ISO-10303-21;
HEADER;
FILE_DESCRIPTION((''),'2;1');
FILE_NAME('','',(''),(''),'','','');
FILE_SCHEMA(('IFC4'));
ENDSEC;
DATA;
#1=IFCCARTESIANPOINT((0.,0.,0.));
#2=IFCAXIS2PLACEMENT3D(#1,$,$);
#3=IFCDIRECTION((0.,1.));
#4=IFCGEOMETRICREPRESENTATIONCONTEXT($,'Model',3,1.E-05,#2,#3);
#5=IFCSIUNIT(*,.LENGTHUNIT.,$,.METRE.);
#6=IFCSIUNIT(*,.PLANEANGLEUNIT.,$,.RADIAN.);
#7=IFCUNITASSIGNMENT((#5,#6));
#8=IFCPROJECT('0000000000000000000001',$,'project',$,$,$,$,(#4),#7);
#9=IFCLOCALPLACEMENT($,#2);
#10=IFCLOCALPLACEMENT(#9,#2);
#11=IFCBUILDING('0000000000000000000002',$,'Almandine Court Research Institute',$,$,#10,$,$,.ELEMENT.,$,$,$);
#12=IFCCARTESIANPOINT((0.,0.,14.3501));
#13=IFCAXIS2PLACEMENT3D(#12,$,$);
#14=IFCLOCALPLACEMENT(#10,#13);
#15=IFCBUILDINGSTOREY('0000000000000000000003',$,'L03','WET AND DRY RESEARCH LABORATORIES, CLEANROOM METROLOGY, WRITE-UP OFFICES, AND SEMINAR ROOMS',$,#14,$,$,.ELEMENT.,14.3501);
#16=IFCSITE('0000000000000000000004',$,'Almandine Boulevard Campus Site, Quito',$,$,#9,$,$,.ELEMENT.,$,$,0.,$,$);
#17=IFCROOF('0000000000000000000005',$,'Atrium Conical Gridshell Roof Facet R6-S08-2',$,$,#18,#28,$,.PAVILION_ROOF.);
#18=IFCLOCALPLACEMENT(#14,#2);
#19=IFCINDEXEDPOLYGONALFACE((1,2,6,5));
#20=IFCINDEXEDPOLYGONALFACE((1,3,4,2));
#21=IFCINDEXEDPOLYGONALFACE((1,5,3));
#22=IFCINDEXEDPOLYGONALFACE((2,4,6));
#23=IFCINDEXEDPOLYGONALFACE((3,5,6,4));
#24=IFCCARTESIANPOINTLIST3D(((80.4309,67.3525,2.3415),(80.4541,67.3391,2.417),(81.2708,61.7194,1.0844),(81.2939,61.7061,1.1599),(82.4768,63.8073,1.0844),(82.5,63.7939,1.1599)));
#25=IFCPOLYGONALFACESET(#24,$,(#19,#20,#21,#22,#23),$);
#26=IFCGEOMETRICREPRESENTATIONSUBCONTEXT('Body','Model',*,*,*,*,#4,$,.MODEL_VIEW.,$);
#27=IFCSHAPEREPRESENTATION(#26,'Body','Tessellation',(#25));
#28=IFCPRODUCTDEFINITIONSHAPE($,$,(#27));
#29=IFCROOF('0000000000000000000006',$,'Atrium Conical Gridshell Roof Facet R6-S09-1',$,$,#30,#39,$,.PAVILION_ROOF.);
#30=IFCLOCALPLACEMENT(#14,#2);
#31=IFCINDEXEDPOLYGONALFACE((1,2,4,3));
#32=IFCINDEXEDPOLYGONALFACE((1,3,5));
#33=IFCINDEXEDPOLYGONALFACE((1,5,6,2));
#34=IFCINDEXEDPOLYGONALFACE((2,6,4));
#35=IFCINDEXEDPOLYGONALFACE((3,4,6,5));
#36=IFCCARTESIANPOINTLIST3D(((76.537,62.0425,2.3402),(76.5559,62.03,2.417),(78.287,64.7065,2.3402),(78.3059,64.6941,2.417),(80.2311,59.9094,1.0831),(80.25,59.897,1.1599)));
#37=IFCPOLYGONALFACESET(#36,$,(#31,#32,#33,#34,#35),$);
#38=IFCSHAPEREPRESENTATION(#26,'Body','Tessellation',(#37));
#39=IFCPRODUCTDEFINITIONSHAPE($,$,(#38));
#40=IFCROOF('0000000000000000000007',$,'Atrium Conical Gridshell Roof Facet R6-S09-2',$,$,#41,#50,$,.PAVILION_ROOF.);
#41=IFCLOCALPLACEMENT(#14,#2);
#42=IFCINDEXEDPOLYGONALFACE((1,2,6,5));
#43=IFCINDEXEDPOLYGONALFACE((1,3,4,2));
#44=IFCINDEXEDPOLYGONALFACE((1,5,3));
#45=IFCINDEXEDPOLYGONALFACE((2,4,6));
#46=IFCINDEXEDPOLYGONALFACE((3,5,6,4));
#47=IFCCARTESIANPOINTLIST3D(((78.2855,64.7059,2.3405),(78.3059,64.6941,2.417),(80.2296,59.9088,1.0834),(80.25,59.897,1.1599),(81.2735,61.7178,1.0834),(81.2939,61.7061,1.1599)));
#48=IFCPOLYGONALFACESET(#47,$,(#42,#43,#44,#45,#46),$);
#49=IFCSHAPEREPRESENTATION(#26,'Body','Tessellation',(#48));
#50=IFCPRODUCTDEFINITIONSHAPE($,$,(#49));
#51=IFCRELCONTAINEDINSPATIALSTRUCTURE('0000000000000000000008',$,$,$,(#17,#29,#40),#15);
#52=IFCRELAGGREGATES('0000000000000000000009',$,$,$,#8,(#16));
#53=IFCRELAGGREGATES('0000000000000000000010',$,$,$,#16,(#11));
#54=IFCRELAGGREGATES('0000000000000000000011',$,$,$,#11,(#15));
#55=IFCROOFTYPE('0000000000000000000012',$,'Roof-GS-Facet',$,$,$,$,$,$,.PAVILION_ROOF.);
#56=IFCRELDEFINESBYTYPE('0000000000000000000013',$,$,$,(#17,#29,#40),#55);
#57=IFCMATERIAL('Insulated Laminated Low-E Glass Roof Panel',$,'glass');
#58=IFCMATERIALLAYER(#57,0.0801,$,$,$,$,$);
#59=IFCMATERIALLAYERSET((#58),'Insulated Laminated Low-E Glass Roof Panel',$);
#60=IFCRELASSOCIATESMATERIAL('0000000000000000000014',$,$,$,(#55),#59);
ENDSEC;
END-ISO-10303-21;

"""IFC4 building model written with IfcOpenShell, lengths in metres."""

from ifc_helpers import new_model, si_unit, direction, frame, origin, place, context, subcontext, project, spatial, polyline, outline, extrude, material, layer, layer_set, type_object, element, save


model = new_model("IFC4")

# Units and contexts
model_context = context("Model", 3, precision=1e-05, world=origin(), true_north=direction((0.0, 1.0)))
body_context = subcontext(model_context, "Body", "Model", "MODEL_VIEW")
ifc_project = project(units=[si_unit("LENGTHUNIT", "METRE"), si_unit("PLANEANGLEUNIT", "RADIAN")], contexts=[model_context])

# Site, building, storey
site_placement = place(None, origin())
site = spatial("IfcSite", under=ifc_project, at=site_placement, Name="Almandine Boulevard Campus Site, Quito", CompositionType="ELEMENT", RefElevation=0.0)
building_placement = place(site_placement, origin())
building = spatial("IfcBuilding", under=site, at=building_placement, Name="Almandine Court Research Institute", CompositionType="ELEMENT")
storey_placement = place(building_placement, frame((0.0, 0.0, 14.3501)))
storey = spatial("IfcBuildingStorey", under=building, at=storey_placement, Name="L03", Description="WET AND DRY RESEARCH LABORATORIES, CLEANROOM METROLOGY, WRITE-UP OFFICES, AND SEMINAR ROOMS", CompositionType="ELEMENT", Elevation=14.3501)

# Roofs
ifc_material_1 = material(Name="Insulated Laminated Low-E Glass Roof Panel", Category="glass")
ifc_layer_1 = layer(ifc_material_1, 0.0801)
ifc_layer_set_1 = layer_set([ifc_layer_1], Name="Insulated Laminated Low-E Glass Roof Panel")
roof_type = type_object("IfcRoofType", Name="Roof-GS-Facet", PredefinedType="PAVILION_ROOF", material=ifc_layer_set_1)
roof_1_placement = place(storey_placement, frame((80.4541, 67.3391, 2.417), z_axis=(0.289415, -0.167178, 0.942492), x_axis=(0.143996, -0.965821, -0.215534)))
element("IfcRoof", 1, at=roof_1_placement, inside=storey, type_object=roof_type, Name="Atrium Conical Gridshell Roof Facet R6-S08-2", PredefinedType="PAVILION_ROOF", context=body_context, shape_type="SweptSolid", body=[
    extrude(outline(polyline([(0.0, 0.0), (5.8324, 0.0), (3.9895, 1.5549), (0.0, 0.0)])), origin(), (0.0, 0.0, -1.0), 0.0801),
])
roof_2_placement = place(storey_placement, frame((78.3059, 64.6941, 2.417), z_axis=(0.236621, -0.155434, 0.959088), x_axis=(-0.549031, -0.835802, 0.0)))
element("IfcRoof", 2, at=roof_2_placement, inside=storey, type_object=roof_type, Name="Atrium Conical Gridshell Roof Facet R6-S09-1", PredefinedType="PAVILION_ROOF", context=body_context, shape_type="SweptSolid", body=[
    extrude(outline(polyline([(0.0, 0.0), (3.1874, 0.0), (2.9421, 4.4403), (0.0, 0.0)])), origin(), (0.0, 0.0, -1.0), 0.0801),
])
roof_3_placement = place(storey_placement, frame((78.3059, 64.6941, 2.417), z_axis=(0.254947, -0.147119, 0.955698), x_axis=(0.364982, -0.900606, -0.236003)))
element("IfcRoof", 3, at=roof_3_placement, inside=storey, type_object=roof_type, Name="Atrium Conical Gridshell Roof Facet R6-S09-2", PredefinedType="PAVILION_ROOF", context=body_context, shape_type="SweptSolid", body=[
    extrude(outline(polyline([(0.0, 0.0), (5.3265, 0.0), (4.0783, 1.6747), (0.0, 0.0)])), origin(), (0.0, 0.0, -1.0), 0.0801),
])

save(model, "model.ifc")
